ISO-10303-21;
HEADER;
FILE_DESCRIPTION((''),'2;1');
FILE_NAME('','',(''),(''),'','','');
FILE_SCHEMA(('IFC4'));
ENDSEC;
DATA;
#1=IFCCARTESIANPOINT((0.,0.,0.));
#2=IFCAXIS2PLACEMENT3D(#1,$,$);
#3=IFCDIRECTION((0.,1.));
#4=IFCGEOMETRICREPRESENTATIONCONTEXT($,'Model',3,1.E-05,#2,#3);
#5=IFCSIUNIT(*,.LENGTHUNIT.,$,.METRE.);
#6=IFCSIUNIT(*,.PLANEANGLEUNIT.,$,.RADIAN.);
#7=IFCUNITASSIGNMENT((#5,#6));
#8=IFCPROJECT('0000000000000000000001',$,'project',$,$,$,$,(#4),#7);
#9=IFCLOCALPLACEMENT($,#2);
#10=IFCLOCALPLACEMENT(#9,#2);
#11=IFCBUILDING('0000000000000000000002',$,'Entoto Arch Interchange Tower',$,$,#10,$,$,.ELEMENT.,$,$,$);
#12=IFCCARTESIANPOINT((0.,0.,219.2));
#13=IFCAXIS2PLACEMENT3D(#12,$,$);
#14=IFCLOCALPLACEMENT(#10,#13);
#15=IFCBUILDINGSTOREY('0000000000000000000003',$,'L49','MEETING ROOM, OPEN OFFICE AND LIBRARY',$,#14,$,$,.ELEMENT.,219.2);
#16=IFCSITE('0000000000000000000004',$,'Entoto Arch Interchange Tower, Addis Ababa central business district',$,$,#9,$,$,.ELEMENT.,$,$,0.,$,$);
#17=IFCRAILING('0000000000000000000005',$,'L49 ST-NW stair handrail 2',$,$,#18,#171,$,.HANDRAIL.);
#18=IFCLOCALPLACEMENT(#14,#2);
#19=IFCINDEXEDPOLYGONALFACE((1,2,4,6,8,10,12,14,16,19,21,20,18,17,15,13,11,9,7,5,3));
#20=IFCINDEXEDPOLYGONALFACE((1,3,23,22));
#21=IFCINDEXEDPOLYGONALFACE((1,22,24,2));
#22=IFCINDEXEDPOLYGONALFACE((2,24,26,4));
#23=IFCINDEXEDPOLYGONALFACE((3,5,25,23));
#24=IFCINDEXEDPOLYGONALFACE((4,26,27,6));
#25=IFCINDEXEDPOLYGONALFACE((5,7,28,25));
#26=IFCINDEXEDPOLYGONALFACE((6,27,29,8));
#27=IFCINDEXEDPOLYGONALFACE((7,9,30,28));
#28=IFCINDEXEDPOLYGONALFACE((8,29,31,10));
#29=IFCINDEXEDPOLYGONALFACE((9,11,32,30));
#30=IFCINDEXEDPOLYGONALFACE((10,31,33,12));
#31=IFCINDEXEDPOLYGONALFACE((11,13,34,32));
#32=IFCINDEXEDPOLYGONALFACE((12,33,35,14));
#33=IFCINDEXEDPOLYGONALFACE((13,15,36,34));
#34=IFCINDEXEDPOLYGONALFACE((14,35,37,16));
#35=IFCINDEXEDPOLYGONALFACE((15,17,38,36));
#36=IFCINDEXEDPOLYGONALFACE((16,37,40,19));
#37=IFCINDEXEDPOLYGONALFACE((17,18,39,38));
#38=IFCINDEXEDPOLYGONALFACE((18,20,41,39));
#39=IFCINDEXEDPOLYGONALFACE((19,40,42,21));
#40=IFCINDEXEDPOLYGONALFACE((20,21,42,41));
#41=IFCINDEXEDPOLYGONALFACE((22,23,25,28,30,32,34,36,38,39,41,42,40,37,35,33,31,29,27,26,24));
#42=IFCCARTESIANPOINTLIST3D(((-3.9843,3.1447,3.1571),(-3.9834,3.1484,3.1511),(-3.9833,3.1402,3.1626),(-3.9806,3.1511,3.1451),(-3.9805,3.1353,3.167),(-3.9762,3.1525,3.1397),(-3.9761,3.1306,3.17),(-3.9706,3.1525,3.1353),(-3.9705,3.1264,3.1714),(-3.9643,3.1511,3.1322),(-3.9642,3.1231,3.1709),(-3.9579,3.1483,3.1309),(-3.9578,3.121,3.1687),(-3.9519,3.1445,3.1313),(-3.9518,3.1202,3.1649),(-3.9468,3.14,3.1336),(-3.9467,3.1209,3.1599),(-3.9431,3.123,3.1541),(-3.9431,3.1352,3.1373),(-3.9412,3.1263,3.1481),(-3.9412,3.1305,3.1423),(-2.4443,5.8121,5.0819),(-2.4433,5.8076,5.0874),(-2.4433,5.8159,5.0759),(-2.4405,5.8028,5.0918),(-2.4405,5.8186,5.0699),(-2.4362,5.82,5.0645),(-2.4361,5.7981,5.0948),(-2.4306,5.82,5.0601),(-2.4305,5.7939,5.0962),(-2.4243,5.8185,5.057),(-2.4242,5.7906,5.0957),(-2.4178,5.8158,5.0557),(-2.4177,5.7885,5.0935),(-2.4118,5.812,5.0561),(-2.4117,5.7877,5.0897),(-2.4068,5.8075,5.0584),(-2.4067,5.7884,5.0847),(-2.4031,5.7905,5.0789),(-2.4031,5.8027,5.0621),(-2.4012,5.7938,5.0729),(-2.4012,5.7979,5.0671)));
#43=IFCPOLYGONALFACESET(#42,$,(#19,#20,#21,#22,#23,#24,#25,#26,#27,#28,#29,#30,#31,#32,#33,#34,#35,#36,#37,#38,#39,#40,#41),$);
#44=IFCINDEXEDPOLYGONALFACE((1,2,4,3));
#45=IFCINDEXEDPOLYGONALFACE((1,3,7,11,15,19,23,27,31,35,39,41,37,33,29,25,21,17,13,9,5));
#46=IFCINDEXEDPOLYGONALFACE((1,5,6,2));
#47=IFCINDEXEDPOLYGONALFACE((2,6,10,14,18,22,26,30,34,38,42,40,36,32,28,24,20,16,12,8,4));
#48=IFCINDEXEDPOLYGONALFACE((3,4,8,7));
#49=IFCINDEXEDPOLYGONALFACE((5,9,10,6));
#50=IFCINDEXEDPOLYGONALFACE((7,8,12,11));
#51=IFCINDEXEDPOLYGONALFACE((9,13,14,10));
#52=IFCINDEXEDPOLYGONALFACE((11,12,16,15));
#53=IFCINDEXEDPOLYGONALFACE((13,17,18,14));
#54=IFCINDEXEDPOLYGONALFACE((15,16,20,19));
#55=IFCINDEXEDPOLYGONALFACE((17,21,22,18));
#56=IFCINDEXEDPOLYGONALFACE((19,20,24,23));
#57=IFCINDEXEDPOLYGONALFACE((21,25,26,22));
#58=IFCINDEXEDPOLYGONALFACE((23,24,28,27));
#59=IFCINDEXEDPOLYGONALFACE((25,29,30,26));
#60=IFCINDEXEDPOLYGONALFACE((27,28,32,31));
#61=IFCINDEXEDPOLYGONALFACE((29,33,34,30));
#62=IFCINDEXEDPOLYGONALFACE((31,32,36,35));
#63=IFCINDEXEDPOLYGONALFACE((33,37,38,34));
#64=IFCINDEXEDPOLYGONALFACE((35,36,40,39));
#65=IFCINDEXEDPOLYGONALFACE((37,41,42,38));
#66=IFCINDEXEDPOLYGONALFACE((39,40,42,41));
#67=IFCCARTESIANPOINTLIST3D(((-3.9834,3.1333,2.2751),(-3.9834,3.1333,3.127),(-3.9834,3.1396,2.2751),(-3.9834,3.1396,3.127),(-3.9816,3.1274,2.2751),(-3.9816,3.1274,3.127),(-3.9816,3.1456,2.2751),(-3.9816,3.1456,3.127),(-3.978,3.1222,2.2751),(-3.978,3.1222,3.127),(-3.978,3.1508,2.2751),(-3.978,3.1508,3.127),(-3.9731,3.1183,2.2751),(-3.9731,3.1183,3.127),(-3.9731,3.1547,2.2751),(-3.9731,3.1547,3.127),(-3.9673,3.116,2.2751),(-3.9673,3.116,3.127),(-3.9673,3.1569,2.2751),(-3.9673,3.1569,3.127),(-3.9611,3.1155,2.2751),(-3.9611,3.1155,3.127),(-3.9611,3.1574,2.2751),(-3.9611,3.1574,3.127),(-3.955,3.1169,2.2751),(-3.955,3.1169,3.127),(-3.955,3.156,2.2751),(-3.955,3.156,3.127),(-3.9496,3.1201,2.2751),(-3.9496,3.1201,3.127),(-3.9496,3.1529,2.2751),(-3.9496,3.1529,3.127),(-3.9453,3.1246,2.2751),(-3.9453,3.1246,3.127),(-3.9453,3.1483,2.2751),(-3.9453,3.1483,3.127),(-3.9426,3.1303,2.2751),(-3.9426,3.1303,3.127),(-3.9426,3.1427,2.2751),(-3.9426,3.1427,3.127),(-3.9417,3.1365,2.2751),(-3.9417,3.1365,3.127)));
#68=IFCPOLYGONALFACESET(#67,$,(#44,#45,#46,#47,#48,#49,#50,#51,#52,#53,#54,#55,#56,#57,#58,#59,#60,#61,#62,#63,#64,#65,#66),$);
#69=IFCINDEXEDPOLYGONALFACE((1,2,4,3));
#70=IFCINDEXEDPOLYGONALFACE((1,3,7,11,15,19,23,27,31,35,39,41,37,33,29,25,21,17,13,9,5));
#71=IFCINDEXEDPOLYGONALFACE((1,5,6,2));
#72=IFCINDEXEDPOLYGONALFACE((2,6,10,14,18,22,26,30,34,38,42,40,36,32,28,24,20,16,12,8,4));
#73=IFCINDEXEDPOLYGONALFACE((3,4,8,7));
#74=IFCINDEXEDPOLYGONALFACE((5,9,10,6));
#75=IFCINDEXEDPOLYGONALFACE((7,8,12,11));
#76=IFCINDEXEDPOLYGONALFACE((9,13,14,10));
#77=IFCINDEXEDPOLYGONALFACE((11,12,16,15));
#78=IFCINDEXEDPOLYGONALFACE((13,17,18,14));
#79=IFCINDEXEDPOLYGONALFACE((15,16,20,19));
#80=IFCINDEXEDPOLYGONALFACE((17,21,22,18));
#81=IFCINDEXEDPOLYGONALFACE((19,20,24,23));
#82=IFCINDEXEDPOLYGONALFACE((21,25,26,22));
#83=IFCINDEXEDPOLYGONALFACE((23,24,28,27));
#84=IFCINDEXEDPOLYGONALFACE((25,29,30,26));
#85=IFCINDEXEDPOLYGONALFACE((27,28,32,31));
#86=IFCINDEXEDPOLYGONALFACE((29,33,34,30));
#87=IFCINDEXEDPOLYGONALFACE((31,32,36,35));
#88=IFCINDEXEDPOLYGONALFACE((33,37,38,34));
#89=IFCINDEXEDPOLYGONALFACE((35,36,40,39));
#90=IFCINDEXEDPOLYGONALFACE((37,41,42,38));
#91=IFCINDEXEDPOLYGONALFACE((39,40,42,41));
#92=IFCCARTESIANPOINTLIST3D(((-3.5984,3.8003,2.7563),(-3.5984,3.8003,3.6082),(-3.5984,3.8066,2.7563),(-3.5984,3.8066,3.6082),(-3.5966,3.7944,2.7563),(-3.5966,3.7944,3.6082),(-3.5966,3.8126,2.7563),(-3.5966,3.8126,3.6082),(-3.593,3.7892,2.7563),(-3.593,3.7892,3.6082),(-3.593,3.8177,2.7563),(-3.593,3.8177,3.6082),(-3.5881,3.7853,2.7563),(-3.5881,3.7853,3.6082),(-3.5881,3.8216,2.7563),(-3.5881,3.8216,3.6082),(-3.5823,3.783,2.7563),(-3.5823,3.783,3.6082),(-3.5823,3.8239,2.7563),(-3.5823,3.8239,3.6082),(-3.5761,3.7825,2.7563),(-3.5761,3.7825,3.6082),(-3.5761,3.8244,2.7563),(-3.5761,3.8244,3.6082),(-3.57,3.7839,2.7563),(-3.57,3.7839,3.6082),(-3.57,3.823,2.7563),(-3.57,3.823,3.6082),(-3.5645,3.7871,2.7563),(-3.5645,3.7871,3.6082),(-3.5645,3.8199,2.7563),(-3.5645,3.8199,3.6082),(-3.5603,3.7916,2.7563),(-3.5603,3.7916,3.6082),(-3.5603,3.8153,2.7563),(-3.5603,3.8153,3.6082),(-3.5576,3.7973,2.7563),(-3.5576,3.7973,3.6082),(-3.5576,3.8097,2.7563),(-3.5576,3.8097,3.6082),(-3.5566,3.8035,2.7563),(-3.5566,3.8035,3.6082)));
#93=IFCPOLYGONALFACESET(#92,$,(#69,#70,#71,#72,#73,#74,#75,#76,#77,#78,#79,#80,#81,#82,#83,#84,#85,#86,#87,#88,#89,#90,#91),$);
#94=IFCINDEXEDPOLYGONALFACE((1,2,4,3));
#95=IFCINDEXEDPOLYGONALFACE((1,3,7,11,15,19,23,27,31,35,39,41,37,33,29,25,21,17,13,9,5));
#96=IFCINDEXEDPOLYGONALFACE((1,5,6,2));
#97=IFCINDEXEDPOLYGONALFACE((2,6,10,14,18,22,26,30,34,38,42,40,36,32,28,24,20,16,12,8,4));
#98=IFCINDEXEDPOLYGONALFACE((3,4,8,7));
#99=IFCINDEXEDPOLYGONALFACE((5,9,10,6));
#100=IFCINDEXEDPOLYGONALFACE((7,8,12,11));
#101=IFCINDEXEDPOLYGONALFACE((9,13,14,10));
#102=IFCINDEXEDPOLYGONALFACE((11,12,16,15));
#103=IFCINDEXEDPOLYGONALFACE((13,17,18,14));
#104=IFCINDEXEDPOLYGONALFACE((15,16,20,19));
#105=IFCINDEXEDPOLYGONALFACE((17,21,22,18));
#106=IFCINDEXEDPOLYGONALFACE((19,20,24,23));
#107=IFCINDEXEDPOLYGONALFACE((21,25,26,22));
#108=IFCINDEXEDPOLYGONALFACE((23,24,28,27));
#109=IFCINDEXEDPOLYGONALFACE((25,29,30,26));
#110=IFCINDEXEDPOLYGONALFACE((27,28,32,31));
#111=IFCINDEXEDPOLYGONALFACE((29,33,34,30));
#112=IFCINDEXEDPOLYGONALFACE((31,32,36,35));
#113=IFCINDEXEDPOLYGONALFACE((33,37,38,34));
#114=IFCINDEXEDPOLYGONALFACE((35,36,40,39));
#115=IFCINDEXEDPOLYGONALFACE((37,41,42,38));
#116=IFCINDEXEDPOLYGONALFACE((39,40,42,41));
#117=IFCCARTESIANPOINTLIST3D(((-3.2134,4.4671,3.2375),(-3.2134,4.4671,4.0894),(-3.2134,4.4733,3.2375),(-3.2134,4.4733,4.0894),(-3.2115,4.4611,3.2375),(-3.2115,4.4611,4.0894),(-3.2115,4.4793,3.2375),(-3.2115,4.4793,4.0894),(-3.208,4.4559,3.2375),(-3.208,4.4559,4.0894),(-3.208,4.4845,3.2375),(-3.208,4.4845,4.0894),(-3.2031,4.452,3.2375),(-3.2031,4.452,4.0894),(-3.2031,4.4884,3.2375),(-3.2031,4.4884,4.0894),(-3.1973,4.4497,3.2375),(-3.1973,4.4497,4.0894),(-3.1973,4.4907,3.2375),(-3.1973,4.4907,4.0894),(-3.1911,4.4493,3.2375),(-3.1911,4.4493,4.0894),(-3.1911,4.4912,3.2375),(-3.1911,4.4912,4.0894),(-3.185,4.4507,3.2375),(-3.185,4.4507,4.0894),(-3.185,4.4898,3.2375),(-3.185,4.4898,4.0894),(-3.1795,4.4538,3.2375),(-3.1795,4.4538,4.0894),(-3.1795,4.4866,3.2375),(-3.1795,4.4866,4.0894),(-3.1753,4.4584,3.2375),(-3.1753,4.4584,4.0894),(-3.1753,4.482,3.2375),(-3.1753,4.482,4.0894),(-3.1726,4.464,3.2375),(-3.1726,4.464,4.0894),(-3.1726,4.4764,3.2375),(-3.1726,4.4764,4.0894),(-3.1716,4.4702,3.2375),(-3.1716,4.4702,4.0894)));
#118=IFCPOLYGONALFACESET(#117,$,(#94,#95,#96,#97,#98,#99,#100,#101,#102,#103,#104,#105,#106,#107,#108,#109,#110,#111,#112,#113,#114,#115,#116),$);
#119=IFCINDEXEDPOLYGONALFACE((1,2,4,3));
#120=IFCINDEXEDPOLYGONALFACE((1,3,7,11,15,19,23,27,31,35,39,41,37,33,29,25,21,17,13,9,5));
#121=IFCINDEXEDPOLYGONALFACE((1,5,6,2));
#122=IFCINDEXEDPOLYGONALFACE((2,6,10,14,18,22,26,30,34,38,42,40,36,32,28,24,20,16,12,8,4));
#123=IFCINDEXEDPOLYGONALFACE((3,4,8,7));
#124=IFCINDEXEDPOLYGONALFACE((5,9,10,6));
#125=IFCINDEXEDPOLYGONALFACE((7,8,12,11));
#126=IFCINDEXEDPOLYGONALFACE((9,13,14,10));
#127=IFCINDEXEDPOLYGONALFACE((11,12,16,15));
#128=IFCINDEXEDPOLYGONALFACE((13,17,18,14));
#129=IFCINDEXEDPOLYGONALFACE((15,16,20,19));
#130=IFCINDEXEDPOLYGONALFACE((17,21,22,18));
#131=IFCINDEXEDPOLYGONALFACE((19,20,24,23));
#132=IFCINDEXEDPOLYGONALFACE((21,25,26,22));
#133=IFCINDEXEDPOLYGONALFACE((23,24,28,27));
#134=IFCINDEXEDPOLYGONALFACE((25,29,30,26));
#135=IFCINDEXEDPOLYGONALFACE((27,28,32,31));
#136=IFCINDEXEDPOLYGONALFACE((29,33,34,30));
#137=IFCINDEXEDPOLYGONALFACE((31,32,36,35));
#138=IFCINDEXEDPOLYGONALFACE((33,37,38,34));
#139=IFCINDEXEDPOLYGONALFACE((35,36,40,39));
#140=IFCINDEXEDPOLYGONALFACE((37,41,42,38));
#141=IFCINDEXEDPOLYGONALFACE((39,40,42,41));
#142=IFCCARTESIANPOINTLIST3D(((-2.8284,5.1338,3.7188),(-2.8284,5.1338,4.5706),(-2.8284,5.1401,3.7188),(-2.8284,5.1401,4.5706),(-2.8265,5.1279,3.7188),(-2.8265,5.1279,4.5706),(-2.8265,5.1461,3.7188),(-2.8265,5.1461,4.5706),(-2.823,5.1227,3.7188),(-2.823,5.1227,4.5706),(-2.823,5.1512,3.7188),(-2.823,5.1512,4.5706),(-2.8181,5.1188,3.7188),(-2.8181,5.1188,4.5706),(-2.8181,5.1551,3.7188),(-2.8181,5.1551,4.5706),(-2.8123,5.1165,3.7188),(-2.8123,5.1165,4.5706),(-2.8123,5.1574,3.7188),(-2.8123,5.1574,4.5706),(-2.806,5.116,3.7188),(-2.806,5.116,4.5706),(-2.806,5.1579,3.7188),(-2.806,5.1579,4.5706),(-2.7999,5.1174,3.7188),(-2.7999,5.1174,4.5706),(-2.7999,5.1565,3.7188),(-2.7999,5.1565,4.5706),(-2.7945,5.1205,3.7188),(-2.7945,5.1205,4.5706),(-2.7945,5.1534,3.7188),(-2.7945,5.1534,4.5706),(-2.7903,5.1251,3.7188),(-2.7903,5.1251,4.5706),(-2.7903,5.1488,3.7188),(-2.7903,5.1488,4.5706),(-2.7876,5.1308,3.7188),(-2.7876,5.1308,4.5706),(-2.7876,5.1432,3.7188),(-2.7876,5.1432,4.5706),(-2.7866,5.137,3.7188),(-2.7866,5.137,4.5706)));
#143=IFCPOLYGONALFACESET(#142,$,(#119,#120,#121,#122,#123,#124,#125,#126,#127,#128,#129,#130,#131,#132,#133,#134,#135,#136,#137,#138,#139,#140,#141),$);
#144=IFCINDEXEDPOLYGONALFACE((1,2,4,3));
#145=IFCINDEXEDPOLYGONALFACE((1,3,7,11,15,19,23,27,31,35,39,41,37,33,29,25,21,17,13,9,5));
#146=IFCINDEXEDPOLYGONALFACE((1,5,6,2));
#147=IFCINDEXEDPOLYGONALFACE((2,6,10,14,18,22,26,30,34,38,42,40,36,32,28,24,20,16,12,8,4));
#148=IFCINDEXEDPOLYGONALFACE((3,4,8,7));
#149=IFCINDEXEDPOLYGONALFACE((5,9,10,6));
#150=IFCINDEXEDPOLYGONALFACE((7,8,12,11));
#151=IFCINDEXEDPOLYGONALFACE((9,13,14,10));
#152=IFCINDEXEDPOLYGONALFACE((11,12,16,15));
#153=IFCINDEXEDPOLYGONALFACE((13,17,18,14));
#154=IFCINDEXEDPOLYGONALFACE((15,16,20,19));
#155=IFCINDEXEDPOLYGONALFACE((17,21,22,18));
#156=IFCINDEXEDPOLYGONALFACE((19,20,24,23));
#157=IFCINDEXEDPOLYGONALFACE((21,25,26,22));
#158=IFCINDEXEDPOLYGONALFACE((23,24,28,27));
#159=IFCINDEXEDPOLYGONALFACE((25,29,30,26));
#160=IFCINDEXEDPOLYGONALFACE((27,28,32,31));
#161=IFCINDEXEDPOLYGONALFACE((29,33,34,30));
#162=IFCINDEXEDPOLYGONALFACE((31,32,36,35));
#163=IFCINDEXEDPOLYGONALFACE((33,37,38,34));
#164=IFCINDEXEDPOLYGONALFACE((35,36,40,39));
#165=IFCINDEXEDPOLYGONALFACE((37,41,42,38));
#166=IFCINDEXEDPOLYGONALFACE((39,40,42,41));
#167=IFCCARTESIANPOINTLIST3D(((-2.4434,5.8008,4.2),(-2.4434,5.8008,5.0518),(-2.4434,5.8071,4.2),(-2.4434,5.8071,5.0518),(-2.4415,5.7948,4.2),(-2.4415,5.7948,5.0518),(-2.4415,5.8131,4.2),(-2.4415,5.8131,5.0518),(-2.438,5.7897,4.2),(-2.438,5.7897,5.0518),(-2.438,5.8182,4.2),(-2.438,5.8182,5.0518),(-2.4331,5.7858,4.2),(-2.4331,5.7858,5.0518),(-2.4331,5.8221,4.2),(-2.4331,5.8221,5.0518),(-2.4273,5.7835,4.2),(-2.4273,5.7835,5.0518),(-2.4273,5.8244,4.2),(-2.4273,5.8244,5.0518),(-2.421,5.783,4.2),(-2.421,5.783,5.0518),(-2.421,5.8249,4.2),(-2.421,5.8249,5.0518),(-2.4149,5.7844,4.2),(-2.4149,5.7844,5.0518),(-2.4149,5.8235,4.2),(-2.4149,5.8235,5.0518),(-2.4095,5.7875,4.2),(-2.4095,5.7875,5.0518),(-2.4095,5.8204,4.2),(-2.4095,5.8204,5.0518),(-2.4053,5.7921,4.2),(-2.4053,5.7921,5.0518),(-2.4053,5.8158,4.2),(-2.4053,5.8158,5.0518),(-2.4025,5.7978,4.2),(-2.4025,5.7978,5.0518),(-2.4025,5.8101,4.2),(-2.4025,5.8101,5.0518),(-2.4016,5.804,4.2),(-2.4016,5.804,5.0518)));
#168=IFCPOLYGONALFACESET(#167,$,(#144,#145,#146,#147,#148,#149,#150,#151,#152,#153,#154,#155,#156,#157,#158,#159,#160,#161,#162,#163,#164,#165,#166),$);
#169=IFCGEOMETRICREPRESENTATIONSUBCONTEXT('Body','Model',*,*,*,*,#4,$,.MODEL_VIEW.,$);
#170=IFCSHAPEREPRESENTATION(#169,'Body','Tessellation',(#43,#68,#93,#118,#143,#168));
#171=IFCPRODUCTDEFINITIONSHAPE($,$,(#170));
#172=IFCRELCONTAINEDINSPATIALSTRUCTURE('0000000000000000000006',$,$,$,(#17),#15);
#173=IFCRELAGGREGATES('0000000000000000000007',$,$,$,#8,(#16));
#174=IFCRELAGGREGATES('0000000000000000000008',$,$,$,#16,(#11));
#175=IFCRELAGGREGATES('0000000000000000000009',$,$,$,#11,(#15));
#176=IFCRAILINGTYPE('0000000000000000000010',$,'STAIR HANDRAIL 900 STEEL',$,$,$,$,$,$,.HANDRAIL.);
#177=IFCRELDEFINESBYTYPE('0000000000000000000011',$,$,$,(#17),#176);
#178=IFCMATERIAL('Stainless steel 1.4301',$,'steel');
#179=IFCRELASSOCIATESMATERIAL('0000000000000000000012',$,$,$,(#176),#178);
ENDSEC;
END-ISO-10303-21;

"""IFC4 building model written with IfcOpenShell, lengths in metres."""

from ifc_helpers import new_model, si_unit, direction, frame, origin, origin_2d, place, context, subcontext, project, spatial, circle, extrude, material, type_object, element, save


model = new_model("IFC4")

# Units and contexts
model_context = context("Model", 3, precision=1e-05, world=origin(), true_north=direction((0.0, 1.0)))
body_context = subcontext(model_context, "Body", "Model", "MODEL_VIEW")
ifc_project = project(units=[si_unit("LENGTHUNIT", "METRE"), si_unit("PLANEANGLEUNIT", "RADIAN")], contexts=[model_context])

# Site, building, storey
site_placement = place(None, origin())
site = spatial("IfcSite", under=ifc_project, at=site_placement, Name="Entoto Arch Interchange Tower, Addis Ababa central business district", CompositionType="ELEMENT", RefElevation=0.0)
building_placement = place(site_placement, origin())
building = spatial("IfcBuilding", under=site, at=building_placement, Name="Entoto Arch Interchange Tower", CompositionType="ELEMENT")
storey_placement = place(building_placement, frame((0.0, 0.0, 219.2)))
storey = spatial("IfcBuildingStorey", under=building, at=storey_placement, Name="L49", Description="MEETING ROOM, OPEN OFFICE AND LIBRARY", CompositionType="ELEMENT", Elevation=219.2)

# Railing
ifc_material_1 = material(Name="Stainless steel 1.4301", Category="steel")
railing_type_1 = type_object("IfcRailingType", Name="STAIR HANDRAIL 900 STEEL", PredefinedType="HANDRAIL", material=ifc_material_1)
railing_1_placement = place(storey_placement, frame((-3.9626, 3.1365, 2.2751)))
element("IfcRailing", 1, at=railing_1_placement, inside=storey, type_object=railing_type_1, Name="L49 ST-NW stair handrail 2", PredefinedType="HANDRAIL", context=body_context, shape_type="SweptSolid", body=[
    extrude(circle(Radius=0.0239, at=origin_2d()), frame((0.0, 0.0, 0.876), z_axis=(0.42401, 0.734421, 0.529945), x_axis=(-0.86603, 0.499992, 0.0)), (0.0, 0.0, 1.0), 3.6321),
    extrude(circle(Radius=0.021, at=origin_2d()), origin(), (0.0, 0.0, 1.0), 0.8518),
    extrude(circle(Radius=0.021, at=origin_2d()), frame((0.385, 0.667, 0.4812)), (0.0, 0.0, 1.0), 0.8518),
    extrude(circle(Radius=0.021, at=origin_2d()), frame((0.77, 1.3337, 0.9624)), (0.0, 0.0, 1.0), 0.8518),
    extrude(circle(Radius=0.021, at=origin_2d()), frame((1.155, 2.0005, 1.4436)), (0.0, 0.0, 1.0), 0.8518),
    extrude(circle(Radius=0.021, at=origin_2d()), frame((1.54, 2.6675, 1.9248)), (0.0, 0.0, 1.0), 0.8518),
])

save(model, "model.ifc")
